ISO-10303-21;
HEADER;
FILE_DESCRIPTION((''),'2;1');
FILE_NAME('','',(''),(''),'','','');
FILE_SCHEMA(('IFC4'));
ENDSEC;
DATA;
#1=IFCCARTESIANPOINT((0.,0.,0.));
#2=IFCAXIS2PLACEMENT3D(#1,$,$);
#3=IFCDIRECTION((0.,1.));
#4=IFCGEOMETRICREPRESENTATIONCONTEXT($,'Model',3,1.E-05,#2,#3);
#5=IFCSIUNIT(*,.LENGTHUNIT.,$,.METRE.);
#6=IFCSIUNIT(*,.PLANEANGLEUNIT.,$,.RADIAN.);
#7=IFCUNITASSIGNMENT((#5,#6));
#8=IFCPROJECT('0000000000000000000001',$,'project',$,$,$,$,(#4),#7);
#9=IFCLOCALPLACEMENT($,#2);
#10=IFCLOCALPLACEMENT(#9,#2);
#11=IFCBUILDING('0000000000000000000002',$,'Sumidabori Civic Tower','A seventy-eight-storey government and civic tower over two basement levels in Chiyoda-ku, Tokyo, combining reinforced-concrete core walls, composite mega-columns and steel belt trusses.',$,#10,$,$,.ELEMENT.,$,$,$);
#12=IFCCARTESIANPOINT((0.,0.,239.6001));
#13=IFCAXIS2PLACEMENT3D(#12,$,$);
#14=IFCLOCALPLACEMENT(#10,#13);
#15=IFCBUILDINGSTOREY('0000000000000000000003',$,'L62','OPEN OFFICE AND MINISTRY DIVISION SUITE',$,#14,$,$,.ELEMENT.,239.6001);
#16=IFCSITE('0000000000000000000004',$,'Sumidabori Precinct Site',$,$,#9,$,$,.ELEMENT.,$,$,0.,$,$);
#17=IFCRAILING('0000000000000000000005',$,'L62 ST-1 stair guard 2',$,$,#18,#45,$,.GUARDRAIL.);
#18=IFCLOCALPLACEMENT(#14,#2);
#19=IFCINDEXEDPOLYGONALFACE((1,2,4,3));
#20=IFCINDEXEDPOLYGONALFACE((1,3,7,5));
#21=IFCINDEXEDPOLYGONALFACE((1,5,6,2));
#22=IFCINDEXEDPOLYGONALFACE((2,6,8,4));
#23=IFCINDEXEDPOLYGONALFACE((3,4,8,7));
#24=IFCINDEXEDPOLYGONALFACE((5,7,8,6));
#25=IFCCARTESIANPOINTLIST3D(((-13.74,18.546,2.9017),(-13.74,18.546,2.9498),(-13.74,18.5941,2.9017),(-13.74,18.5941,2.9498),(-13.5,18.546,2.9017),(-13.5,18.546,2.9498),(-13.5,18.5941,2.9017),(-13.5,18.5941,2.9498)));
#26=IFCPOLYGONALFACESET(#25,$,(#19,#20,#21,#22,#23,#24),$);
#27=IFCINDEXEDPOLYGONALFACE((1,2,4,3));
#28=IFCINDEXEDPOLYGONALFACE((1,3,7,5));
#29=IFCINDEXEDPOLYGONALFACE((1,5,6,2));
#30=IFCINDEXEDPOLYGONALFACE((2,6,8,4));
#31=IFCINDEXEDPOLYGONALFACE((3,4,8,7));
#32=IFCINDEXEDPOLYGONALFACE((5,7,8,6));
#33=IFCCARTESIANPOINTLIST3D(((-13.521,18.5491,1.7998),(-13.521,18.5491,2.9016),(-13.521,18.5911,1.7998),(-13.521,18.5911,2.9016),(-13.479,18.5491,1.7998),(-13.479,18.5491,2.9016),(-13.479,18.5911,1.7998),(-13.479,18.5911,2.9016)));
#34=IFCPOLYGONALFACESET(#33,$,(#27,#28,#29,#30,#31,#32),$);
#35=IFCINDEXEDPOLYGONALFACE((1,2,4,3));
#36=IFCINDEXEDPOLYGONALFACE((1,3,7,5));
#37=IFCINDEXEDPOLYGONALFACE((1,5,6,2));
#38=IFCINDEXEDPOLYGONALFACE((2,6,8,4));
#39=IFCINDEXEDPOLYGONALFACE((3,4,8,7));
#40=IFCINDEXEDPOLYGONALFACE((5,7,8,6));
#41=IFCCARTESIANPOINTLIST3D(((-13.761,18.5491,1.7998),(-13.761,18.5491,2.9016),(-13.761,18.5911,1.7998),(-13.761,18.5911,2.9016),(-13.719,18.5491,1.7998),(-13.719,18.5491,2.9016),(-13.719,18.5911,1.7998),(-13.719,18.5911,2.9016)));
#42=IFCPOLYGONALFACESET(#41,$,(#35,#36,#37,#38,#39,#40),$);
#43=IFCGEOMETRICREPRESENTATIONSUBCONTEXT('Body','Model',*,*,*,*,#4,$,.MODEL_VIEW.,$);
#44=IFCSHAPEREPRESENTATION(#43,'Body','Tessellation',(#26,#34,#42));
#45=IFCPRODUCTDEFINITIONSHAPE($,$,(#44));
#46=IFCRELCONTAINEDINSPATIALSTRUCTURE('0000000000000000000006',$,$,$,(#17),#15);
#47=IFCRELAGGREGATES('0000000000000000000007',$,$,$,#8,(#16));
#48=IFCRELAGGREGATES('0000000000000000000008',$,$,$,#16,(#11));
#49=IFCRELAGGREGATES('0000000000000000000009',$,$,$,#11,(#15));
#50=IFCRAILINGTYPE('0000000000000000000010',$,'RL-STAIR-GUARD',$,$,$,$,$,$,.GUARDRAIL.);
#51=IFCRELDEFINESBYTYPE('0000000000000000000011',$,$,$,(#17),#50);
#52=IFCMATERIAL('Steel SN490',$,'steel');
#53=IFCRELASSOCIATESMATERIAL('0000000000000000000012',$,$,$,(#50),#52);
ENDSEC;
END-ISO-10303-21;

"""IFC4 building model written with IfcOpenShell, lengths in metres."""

from ifc_helpers import new_model, si_unit, direction, frame, origin, origin_2d, place, context, subcontext, project, spatial, rectangle, extrude, material, type_object, element, save


model = new_model("IFC4")

# Units and contexts
model_context = context("Model", 3, precision=1e-05, world=origin(), true_north=direction((0.0, 1.0)))
body_context = subcontext(model_context, "Body", "Model", "MODEL_VIEW")
ifc_project = project(units=[si_unit("LENGTHUNIT", "METRE"), si_unit("PLANEANGLEUNIT", "RADIAN")], contexts=[model_context])

# Site, building, storey
site_placement = place(None, origin())
site = spatial("IfcSite", under=ifc_project, at=site_placement, Name="Sumidabori Precinct Site", CompositionType="ELEMENT", RefElevation=0.0)
building_placement = place(site_placement, origin())
building = spatial("IfcBuilding", under=site, at=building_placement, Name="Sumidabori Civic Tower", Description="A seventy-eight-storey government and civic tower over two basement levels in Chiyoda-ku, Tokyo, combining reinforced-concrete core walls, composite mega-columns and steel belt trusses.", CompositionType="ELEMENT")
storey_placement = place(building_placement, frame((0.0, 0.0, 239.6001)))
storey = spatial("IfcBuildingStorey", under=building, at=storey_placement, Name="L62", Description="OPEN OFFICE AND MINISTRY DIVISION SUITE", CompositionType="ELEMENT", Elevation=239.6001)

# Railing
ifc_material_1 = material(Name="Steel SN490", Category="steel")
railing_type = type_object("IfcRailingType", Name="RL-STAIR-GUARD", PredefinedType="GUARDRAIL", material=ifc_material_1)
railing_placement = place(storey_placement, frame((-13.5, 18.5701, 1.7998)))
element("IfcRailing", 1, at=railing_placement, inside=storey, type_object=railing_type, Name="L62 ST-1 stair guard 2", PredefinedType="GUARDRAIL", context=body_context, shape_type="SweptSolid", body=[
    extrude(rectangle(XDim=0.0481, YDim=0.0481, at=origin_2d()), frame((0.0, 0.0, 1.126), z_axis=(-1.0, 0.0, 0.0), x_axis=(0.0, -1.0, 0.0)), (0.0, 0.0, 1.0), 0.24),
    extrude(rectangle(XDim=0.042, YDim=0.042, at=origin_2d()), origin(), (0.0, 0.0, 1.0), 1.1018),
    extrude(rectangle(XDim=0.042, YDim=0.042, at=origin_2d()), frame((-0.24, 0.0, 0.0)), (0.0, 0.0, 1.0), 1.1018),
])

save(model, "model.ifc")
